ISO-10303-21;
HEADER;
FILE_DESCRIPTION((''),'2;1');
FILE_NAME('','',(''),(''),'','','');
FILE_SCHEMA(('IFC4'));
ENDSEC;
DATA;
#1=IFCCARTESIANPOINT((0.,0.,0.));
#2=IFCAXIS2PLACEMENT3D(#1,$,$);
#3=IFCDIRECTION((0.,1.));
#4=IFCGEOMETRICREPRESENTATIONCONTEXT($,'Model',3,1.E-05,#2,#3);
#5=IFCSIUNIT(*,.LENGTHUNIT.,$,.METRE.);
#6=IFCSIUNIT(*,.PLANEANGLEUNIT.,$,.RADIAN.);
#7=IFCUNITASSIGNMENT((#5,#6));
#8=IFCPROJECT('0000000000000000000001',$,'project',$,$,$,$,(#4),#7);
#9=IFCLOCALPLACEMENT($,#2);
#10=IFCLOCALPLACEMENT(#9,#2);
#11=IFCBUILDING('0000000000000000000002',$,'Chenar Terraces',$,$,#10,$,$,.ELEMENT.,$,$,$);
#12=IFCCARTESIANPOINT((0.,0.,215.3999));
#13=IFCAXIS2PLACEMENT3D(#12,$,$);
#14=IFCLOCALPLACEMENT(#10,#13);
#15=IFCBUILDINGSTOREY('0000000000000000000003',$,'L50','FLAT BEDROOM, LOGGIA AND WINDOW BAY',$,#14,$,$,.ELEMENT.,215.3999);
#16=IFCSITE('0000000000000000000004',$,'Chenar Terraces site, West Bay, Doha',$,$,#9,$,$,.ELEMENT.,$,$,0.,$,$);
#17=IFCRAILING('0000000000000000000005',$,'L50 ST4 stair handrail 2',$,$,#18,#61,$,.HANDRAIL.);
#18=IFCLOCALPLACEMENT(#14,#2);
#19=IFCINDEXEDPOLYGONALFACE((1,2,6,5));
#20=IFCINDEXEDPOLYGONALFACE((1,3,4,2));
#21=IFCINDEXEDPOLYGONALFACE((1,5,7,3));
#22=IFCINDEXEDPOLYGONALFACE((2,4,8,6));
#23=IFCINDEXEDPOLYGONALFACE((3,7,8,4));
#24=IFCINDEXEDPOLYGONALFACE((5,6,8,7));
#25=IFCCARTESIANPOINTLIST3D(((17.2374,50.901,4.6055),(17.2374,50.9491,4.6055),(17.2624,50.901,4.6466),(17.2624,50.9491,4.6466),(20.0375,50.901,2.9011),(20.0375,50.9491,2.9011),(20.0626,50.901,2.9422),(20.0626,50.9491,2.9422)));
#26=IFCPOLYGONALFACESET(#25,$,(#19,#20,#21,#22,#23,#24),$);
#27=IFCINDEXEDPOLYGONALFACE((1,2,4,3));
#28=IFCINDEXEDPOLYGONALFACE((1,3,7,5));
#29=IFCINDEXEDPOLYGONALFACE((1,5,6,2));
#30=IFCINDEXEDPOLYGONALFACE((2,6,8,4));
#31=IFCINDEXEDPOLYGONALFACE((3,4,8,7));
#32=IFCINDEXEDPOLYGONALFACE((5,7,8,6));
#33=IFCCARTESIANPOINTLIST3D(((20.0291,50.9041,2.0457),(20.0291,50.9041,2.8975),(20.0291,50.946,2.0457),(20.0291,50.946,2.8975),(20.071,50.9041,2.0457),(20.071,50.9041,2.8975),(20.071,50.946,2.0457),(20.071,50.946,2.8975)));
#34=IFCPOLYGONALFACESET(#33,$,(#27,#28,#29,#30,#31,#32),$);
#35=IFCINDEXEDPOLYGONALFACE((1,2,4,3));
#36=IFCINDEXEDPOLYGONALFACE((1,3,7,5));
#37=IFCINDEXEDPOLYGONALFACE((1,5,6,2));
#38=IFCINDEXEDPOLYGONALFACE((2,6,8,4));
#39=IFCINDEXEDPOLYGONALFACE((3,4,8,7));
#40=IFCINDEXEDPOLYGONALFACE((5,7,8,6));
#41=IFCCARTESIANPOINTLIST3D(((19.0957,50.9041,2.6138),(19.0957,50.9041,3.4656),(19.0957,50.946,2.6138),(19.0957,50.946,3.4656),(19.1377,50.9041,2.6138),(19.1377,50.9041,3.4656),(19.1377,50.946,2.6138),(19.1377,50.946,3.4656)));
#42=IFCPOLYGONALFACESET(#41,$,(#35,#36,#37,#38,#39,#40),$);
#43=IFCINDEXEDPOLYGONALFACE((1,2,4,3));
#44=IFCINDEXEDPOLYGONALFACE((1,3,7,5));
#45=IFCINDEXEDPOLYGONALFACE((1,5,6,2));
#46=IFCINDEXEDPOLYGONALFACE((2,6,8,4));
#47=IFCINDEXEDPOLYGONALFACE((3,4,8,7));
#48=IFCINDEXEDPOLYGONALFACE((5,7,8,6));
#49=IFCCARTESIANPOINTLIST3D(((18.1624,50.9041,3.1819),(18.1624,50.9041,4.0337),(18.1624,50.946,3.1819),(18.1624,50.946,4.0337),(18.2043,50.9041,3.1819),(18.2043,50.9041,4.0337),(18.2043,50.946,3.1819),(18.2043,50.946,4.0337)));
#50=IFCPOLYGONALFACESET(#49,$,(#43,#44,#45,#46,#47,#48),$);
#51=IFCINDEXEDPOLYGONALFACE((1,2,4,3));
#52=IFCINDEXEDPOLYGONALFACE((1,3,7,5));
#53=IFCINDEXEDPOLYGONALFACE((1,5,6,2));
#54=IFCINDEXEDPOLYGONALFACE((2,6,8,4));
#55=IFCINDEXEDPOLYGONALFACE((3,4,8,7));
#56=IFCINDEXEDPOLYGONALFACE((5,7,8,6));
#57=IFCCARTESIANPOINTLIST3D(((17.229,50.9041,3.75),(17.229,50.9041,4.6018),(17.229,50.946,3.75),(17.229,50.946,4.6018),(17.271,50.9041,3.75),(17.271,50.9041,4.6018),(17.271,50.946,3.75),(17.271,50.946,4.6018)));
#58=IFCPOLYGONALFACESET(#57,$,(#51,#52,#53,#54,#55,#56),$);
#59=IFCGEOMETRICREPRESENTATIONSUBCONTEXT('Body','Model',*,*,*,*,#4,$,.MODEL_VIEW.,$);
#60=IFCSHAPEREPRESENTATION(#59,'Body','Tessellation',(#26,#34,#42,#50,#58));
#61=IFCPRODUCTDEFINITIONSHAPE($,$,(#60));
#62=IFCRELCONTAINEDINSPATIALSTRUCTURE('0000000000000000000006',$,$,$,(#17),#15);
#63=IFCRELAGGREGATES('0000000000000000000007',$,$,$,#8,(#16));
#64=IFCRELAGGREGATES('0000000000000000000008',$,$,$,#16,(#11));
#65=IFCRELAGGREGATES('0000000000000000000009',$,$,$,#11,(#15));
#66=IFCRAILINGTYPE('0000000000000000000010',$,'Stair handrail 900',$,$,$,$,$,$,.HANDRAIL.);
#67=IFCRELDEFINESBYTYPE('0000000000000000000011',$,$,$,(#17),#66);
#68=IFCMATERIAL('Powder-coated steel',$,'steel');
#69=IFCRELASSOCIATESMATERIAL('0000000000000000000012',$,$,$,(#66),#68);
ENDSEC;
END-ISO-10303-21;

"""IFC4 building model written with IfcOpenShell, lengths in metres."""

from ifc_helpers import new_model, si_unit, direction, frame, origin, origin_2d, place, context, subcontext, project, spatial, rectangle, extrude, material, type_object, element, save


model = new_model("IFC4")

# Units and contexts
model_context = context("Model", 3, precision=1e-05, world=origin(), true_north=direction((0.0, 1.0)))
body_context = subcontext(model_context, "Body", "Model", "MODEL_VIEW")
ifc_project = project(units=[si_unit("LENGTHUNIT", "METRE"), si_unit("PLANEANGLEUNIT", "RADIAN")], contexts=[model_context])

# Site, building, storey
site_placement = place(None, origin())
site = spatial("IfcSite", under=ifc_project, at=site_placement, Name="Chenar Terraces site, West Bay, Doha", CompositionType="ELEMENT", RefElevation=0.0)
building_placement = place(site_placement, origin())
building = spatial("IfcBuilding", under=site, at=building_placement, Name="Chenar Terraces", CompositionType="ELEMENT")
storey_placement = place(building_placement, frame((0.0, 0.0, 215.3999)))
storey = spatial("IfcBuildingStorey", under=building, at=storey_placement, Name="L50", Description="FLAT BEDROOM, LOGGIA AND WINDOW BAY", CompositionType="ELEMENT", Elevation=215.3999)

# Railing
ifc_material_1 = material(Name="Powder-coated steel", Category="steel")
railing_type_1 = type_object("IfcRailingType", Name="Stair handrail 900", PredefinedType="HANDRAIL", material=ifc_material_1)
railing_1_placement = place(storey_placement, frame((20.05, 50.925, 2.0457)))
element("IfcRailing", 1, at=railing_1_placement, inside=storey, type_object=railing_type_1, Name="L50 ST4 stair handrail 2", PredefinedType="HANDRAIL", context=body_context, shape_type="SweptSolid", body=[
    extrude(rectangle(XDim=0.0481, YDim=0.0481, at=origin_2d()), frame((0.0, 0.0, 0.876), z_axis=(-0.854203, 0.0, 0.51994), x_axis=(0.0, -1.0, 0.0)), (0.0, 0.0, 1.0), 3.2781),
    extrude(rectangle(XDim=0.042, YDim=0.042, at=origin_2d()), origin(), (0.0, 0.0, 1.0), 0.8518),
    extrude(rectangle(XDim=0.042, YDim=0.042, at=origin_2d()), frame((-0.9333, 0.0, 0.5681)), (0.0, 0.0, 1.0), 0.8518),
    extrude(rectangle(XDim=0.042, YDim=0.042, at=origin_2d()), frame((-1.8667, 0.0, 1.1362)), (0.0, 0.0, 1.0), 0.8518),
    extrude(rectangle(XDim=0.042, YDim=0.042, at=origin_2d()), frame((-2.8, 0.0, 1.7043)), (0.0, 0.0, 1.0), 0.8518),
])

save(model, "model.ifc")
